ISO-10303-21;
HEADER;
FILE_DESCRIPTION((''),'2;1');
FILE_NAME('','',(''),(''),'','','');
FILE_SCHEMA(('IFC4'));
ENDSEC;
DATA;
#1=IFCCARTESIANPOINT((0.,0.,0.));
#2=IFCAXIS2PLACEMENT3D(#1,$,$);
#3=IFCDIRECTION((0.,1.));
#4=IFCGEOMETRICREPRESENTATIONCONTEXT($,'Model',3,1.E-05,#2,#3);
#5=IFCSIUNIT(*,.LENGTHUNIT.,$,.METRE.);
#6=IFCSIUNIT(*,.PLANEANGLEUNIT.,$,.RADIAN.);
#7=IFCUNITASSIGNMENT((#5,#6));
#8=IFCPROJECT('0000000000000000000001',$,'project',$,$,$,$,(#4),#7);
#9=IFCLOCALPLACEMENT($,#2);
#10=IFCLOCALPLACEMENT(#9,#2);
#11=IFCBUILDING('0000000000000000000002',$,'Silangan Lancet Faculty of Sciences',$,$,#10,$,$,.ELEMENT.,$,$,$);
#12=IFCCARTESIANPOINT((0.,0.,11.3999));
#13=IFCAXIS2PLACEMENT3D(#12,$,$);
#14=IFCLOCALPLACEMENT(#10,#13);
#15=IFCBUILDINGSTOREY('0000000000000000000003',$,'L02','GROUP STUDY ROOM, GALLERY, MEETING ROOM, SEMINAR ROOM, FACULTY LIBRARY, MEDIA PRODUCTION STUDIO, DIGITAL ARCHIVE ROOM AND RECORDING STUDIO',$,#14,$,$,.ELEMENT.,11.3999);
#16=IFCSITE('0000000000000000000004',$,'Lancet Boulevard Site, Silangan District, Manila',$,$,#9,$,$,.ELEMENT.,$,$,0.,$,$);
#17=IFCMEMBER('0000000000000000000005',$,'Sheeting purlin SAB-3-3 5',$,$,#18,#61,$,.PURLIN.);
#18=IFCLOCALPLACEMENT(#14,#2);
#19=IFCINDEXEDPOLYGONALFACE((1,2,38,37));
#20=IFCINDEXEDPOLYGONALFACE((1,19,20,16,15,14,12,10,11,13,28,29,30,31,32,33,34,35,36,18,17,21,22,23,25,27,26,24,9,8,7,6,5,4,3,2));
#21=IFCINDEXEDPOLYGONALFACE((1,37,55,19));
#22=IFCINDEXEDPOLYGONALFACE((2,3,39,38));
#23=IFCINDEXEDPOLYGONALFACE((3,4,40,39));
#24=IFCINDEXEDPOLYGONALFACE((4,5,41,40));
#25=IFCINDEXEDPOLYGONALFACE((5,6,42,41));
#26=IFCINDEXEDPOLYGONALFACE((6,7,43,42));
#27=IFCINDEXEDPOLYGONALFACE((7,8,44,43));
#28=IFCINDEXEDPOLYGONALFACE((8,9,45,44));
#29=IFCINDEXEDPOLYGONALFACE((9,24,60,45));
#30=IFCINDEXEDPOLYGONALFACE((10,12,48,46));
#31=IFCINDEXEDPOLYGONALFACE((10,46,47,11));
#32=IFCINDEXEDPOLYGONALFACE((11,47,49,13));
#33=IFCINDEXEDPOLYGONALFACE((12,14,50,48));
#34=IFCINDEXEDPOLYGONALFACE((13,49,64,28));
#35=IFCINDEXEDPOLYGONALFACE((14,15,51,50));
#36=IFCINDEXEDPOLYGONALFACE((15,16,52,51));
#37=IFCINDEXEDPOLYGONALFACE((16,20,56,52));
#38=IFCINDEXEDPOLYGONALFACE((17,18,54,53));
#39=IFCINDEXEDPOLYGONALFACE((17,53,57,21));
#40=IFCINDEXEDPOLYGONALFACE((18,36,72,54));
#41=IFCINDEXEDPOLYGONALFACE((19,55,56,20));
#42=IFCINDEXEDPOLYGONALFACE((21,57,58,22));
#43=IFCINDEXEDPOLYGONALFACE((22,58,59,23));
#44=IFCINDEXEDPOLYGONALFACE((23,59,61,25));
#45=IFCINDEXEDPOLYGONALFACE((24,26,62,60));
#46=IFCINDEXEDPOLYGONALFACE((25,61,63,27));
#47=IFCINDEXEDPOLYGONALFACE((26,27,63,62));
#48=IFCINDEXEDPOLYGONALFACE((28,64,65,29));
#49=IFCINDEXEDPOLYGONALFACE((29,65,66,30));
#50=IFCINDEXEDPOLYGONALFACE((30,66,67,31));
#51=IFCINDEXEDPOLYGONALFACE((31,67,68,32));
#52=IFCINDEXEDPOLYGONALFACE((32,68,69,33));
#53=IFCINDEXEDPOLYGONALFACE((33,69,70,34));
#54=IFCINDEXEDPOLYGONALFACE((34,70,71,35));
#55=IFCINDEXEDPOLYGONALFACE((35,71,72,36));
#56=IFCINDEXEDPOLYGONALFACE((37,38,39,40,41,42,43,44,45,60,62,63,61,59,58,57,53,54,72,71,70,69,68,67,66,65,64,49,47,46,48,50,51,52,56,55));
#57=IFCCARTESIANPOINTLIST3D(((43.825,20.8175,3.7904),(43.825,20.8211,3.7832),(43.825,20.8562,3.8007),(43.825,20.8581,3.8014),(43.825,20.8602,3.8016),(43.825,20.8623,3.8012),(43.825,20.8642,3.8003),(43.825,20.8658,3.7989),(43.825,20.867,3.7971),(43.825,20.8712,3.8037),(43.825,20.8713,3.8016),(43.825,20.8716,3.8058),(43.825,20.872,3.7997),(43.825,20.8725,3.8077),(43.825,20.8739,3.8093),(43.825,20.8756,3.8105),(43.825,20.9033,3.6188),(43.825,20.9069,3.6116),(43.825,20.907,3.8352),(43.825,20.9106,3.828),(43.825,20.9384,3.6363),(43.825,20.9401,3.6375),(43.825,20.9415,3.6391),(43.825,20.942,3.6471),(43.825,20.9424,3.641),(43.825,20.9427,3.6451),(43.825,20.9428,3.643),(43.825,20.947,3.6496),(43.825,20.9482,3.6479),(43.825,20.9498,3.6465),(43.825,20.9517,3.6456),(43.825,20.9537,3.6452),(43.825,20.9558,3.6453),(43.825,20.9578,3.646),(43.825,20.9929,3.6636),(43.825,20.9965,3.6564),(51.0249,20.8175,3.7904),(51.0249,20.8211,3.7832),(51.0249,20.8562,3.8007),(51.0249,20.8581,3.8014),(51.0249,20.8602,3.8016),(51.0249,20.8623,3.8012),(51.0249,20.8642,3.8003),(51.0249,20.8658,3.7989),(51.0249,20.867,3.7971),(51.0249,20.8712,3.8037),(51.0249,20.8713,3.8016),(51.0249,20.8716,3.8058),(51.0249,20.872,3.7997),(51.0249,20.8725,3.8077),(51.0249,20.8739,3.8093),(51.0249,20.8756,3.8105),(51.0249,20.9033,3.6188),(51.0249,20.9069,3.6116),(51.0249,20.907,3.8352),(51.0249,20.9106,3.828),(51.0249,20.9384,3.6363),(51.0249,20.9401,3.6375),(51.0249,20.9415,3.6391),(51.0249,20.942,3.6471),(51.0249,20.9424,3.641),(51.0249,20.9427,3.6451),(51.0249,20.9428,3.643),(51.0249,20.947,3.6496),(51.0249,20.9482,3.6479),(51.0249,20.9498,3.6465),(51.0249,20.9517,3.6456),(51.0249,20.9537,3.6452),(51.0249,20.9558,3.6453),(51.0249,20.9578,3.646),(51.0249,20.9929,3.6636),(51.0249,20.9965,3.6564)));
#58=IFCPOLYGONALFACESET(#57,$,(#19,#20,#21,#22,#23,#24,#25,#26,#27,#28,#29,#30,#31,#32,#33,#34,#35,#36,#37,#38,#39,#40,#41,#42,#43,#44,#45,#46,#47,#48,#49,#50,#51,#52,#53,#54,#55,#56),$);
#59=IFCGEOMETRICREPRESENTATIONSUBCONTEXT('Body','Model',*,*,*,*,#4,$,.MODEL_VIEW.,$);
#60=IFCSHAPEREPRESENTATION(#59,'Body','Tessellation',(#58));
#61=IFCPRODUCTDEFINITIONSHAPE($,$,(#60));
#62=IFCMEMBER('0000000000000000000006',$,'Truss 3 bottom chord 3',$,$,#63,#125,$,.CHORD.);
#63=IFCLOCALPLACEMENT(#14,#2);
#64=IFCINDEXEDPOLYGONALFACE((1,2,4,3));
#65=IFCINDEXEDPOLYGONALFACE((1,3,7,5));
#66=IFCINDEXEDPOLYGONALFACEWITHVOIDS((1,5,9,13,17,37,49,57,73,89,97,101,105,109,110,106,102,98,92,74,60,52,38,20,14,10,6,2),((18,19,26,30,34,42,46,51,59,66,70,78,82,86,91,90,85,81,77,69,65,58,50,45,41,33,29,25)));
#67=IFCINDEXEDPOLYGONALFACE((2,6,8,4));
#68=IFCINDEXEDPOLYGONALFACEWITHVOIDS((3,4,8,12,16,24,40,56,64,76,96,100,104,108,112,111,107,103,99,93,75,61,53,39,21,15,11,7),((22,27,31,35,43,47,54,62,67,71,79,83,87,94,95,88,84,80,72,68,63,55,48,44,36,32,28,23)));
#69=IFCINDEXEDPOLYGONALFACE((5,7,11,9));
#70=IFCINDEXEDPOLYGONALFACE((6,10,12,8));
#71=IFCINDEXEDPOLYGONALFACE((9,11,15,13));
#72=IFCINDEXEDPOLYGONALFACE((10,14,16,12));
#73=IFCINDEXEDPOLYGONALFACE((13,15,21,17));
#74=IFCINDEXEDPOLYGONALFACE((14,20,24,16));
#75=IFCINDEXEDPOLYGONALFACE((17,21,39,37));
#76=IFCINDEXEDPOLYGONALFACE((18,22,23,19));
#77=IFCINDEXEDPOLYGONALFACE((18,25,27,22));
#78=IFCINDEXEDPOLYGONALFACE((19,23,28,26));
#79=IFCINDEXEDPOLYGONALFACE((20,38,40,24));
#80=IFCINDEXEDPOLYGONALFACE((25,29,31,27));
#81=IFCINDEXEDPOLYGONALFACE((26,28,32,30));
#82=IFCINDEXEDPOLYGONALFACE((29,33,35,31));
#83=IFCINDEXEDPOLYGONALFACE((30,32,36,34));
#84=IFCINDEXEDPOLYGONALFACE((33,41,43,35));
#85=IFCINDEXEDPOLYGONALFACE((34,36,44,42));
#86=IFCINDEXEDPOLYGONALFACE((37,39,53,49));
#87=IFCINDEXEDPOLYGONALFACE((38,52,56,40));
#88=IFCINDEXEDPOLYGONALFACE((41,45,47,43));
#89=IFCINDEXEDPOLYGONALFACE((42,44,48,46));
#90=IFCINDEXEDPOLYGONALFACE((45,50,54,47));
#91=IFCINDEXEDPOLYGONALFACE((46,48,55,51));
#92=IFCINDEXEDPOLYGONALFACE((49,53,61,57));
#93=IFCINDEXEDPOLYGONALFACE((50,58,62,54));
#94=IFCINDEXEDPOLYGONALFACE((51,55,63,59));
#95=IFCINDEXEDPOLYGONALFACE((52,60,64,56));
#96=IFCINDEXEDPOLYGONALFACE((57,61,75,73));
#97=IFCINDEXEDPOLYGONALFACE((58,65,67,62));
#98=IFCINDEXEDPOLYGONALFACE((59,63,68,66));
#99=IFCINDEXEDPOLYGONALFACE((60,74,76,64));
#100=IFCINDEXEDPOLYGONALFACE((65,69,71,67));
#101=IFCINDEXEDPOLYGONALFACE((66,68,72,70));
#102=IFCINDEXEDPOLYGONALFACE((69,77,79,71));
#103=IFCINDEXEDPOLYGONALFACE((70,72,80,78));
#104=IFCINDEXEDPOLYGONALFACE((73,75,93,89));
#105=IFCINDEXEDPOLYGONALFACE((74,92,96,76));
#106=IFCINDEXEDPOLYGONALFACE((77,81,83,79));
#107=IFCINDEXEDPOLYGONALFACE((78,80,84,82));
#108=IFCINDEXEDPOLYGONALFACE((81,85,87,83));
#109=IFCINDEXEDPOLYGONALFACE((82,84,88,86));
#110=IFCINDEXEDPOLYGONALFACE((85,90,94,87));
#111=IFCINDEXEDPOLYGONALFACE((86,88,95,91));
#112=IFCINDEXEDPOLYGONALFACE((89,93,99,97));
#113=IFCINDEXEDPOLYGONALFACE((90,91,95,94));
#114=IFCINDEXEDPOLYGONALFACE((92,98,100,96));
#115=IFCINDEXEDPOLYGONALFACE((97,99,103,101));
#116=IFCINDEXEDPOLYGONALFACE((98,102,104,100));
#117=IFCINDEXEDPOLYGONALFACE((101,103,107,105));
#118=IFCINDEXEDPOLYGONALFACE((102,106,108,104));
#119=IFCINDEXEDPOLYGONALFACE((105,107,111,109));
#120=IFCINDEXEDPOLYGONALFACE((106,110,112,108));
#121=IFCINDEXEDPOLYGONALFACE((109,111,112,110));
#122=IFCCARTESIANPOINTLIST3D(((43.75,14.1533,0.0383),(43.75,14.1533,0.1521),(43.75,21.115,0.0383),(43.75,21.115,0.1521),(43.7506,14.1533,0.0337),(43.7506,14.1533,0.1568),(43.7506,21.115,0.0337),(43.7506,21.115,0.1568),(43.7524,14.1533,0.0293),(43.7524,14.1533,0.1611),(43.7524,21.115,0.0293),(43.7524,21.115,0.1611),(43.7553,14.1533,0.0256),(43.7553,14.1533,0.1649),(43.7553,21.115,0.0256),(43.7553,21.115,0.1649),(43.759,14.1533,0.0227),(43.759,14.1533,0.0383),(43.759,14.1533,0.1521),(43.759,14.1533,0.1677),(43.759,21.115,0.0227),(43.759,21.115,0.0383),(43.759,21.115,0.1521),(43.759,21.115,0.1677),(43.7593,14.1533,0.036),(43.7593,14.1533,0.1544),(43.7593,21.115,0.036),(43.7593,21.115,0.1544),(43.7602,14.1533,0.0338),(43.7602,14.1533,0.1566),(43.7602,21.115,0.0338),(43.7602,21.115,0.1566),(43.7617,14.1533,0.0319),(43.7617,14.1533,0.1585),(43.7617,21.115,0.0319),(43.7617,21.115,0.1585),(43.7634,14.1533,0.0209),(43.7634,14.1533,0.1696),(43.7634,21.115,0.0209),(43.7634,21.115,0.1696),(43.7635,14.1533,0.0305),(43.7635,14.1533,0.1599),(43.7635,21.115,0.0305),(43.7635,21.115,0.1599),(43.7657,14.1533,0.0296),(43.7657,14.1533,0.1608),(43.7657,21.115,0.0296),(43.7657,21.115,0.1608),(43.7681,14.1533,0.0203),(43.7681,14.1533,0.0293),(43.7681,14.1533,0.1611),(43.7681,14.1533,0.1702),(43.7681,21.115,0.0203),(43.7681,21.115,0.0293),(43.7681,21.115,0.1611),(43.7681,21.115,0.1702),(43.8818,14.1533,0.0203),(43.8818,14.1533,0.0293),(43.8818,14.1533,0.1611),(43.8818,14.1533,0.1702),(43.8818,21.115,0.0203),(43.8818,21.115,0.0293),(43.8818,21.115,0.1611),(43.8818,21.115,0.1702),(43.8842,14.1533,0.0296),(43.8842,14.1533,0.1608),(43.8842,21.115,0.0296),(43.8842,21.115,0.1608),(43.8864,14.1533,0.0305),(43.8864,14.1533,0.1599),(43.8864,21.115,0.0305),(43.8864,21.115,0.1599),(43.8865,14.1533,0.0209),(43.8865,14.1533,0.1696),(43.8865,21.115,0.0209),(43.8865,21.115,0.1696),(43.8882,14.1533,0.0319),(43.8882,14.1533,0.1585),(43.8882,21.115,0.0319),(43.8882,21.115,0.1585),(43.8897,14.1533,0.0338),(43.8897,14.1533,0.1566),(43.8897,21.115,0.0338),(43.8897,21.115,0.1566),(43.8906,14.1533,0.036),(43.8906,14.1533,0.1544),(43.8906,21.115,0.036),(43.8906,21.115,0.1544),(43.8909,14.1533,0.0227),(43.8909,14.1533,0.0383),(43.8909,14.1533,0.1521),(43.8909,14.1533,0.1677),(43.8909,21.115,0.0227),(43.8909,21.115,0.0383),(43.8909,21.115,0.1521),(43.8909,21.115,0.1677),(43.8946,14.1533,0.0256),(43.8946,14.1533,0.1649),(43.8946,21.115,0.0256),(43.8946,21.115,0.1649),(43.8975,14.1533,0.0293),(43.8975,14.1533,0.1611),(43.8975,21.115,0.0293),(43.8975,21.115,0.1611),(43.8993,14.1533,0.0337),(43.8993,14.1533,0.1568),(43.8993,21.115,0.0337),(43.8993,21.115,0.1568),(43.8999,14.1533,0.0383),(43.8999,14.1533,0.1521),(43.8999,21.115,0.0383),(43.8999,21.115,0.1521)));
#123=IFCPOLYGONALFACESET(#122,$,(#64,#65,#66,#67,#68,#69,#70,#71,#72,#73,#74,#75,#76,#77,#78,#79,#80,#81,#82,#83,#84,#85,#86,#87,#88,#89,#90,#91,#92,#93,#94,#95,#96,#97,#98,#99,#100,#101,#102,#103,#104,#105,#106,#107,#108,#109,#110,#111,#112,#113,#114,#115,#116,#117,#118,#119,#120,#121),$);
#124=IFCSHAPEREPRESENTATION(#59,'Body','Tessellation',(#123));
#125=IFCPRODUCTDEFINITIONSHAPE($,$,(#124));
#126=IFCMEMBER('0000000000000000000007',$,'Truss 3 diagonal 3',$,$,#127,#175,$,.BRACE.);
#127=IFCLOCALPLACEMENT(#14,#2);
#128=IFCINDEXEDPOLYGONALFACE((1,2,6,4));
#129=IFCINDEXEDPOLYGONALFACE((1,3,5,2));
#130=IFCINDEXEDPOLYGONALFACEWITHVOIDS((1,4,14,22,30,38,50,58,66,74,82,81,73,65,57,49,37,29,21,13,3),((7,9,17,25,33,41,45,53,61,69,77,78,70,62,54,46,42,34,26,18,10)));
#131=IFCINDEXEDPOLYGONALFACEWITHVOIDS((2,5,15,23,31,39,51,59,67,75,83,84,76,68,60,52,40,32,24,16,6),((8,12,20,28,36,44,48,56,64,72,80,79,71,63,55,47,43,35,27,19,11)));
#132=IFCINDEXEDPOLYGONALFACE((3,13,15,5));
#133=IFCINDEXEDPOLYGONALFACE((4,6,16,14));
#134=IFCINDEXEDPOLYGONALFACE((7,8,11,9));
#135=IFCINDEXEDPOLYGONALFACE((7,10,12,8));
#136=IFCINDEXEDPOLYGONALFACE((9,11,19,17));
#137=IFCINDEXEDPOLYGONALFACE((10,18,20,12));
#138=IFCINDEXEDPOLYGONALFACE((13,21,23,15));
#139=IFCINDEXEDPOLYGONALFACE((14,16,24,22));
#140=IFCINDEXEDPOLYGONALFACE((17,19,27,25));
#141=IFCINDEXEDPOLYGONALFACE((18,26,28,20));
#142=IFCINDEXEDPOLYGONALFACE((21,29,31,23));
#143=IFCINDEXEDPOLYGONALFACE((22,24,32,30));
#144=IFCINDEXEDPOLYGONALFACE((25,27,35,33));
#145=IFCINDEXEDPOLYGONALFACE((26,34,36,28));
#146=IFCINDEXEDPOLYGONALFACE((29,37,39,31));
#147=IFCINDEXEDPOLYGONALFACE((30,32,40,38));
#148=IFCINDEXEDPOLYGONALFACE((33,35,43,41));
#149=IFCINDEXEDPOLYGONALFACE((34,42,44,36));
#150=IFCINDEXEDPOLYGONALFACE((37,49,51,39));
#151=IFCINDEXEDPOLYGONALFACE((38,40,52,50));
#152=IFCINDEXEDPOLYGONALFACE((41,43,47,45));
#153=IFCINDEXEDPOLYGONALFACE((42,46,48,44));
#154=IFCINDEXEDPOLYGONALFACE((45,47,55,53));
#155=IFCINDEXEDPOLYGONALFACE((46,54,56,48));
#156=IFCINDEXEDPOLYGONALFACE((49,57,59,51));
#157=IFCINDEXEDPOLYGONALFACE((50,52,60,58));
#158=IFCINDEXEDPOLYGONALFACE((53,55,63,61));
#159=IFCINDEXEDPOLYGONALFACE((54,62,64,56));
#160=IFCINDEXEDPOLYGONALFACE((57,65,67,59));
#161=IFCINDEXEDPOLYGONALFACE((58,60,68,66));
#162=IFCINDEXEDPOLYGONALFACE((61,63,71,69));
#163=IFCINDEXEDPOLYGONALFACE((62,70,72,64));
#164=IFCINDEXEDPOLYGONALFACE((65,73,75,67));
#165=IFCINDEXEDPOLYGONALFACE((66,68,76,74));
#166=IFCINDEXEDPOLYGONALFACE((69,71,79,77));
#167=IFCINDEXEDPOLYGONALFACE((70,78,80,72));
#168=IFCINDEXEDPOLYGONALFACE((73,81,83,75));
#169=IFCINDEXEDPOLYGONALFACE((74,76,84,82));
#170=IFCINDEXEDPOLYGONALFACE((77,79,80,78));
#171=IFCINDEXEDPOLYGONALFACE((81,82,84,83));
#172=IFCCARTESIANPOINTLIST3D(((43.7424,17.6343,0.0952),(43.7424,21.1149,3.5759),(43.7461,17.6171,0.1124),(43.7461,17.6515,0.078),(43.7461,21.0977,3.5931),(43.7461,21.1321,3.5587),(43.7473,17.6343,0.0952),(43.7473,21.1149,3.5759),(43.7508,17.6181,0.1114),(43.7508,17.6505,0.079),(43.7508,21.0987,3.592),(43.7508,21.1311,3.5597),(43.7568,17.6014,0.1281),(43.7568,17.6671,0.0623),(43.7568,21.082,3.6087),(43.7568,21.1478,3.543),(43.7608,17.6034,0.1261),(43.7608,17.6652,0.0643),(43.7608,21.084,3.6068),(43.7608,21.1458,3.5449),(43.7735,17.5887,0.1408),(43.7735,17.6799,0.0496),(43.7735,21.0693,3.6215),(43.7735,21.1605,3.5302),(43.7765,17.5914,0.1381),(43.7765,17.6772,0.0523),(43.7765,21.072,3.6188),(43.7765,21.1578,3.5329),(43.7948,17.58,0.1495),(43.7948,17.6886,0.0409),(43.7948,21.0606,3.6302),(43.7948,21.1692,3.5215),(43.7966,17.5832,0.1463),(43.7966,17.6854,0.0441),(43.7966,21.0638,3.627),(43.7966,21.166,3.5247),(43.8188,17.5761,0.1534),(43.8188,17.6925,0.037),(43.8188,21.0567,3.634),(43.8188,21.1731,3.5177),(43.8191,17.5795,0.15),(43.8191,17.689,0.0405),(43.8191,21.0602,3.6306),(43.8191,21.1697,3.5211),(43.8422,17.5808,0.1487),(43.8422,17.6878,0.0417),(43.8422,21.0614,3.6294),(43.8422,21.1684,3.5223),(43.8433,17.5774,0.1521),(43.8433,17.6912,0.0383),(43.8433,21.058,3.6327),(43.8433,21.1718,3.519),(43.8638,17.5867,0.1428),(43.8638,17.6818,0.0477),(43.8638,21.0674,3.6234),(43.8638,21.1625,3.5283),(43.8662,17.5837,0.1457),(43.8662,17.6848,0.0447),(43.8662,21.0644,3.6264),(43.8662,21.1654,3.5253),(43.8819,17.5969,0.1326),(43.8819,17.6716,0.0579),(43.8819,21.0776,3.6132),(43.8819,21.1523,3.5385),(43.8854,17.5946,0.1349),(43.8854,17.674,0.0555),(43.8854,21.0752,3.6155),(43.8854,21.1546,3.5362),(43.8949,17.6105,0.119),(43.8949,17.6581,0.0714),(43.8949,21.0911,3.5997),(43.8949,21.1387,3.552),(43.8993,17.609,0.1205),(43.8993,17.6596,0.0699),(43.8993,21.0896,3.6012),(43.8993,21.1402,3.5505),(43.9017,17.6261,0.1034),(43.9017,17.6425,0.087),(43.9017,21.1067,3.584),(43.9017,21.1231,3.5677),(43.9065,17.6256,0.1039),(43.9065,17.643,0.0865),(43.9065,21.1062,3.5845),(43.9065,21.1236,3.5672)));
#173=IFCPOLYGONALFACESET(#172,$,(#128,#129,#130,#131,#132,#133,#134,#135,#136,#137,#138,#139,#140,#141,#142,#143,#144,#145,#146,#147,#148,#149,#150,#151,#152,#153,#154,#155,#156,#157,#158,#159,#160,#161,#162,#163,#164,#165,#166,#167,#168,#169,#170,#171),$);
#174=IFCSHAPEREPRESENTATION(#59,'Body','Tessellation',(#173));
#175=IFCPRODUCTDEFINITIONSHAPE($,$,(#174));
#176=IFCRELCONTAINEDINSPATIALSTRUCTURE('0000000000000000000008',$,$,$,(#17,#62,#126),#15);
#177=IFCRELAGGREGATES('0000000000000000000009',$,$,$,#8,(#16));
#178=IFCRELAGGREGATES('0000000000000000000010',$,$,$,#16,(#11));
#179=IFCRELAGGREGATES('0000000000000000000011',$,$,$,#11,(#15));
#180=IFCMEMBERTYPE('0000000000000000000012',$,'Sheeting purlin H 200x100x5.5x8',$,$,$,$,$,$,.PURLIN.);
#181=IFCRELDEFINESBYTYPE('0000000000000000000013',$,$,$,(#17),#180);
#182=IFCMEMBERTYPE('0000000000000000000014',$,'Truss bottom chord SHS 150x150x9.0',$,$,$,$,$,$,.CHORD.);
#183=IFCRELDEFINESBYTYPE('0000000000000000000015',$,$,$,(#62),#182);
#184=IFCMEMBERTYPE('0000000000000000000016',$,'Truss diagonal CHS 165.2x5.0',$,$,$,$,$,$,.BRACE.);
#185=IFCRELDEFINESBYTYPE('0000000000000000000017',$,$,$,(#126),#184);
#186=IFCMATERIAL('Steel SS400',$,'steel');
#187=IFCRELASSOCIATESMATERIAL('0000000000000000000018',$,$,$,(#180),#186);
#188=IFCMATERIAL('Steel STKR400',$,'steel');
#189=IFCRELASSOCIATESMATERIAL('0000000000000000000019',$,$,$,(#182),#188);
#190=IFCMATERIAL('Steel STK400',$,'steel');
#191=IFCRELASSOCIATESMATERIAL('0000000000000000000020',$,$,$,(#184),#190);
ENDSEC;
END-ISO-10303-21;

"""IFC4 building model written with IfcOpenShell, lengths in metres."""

from ifc_helpers import new_model, si_unit, direction, frame, origin, origin_2d, place, context, subcontext, project, spatial, hollow_rectangle, hollow_circle, i_section, extrude, material, material_profile, profile_set, type_object, element, save


model = new_model("IFC4")

# Units and contexts
model_context = context("Model", 3, precision=1e-05, world=origin(), true_north=direction((0.0, 1.0)))
body_context = subcontext(model_context, "Body", "Model", "MODEL_VIEW")
ifc_project = project(units=[si_unit("LENGTHUNIT", "METRE"), si_unit("PLANEANGLEUNIT", "RADIAN")], contexts=[model_context])

# Site, building, storey
site_placement = place(None, origin())
site = spatial("IfcSite", under=ifc_project, at=site_placement, Name="Lancet Boulevard Site, Silangan District, Manila", CompositionType="ELEMENT", RefElevation=0.0)
building_placement = place(site_placement, origin())
building = spatial("IfcBuilding", under=site, at=building_placement, Name="Silangan Lancet Faculty of Sciences", CompositionType="ELEMENT")
storey_placement = place(building_placement, frame((0.0, 0.0, 11.3999)))
storey = spatial("IfcBuildingStorey", under=building, at=storey_placement, Name="L02", Description="GROUP STUDY ROOM, GALLERY, MEETING ROOM, SEMINAR ROOM, FACULTY LIBRARY, MEDIA PRODUCTION STUDIO, DIGITAL ARCHIVE ROOM AND RECORDING STUDIO", CompositionType="ELEMENT", Elevation=11.3999)

# Members
ifc_material_1 = material(Name="Steel SS400", Category="steel")
ifc_material_profile_1 = material_profile(ifc_material_1, i_section(OverallWidth=0.1001, OverallDepth=0.2, WebThickness=0.0056, FlangeThickness=0.0081, FilletRadius=0.0081, at=origin_2d()), Name="H 200x100x5.5x8")
ifc_profile_set_1 = profile_set([ifc_material_profile_1], Name="Steel SS400")
member_type_1 = type_object("IfcMemberType", Name="Sheeting purlin H 200x100x5.5x8", PredefinedType="PURLIN", material=ifc_profile_set_1)
for number, where, z_axis, x_axis, name in (
    (1, (43.825, 20.907, 3.7234), (1.0, 0.0, 0.0), (0.0, 0.894427, 0.447214), "Sheeting purlin SAB-3-3 5"),
):
    element("IfcMember", number, at=place(storey_placement, frame(where, z_axis=z_axis, x_axis=x_axis)), inside=storey, type_object=member_type_1, Name=name, PredefinedType="PURLIN", context=body_context, shape_type="SweptSolid", body=[
        extrude(i_section(OverallWidth=0.1001, OverallDepth=0.2, WebThickness=0.0056, FlangeThickness=0.0081, FilletRadius=0.0081, at=origin_2d()), origin(), (0.0, 0.0, 1.0), 7.2),
    ])
ifc_material_2 = material(Name="Steel STKR400", Category="steel")
ifc_material_profile_2 = material_profile(ifc_material_2, hollow_rectangle(XDim=0.1499, YDim=0.1499, WallThickness=0.009, InnerFilletRadius=0.009, OuterFilletRadius=0.0181, at=origin_2d()), Name="SHS 150x150x9.0")
ifc_profile_set_2 = profile_set([ifc_material_profile_2], Name="Steel STKR400")
member_type_2 = type_object("IfcMemberType", Name="Truss bottom chord SHS 150x150x9.0", PredefinedType="CHORD", material=ifc_profile_set_2)
member_1_placement = place(storey_placement, frame((43.825, 14.1533, 0.0952), z_axis=(0.0, 1.0, 0.0), x_axis=(-1.0, 0.0, 0.0)))
element("IfcMember", 2, at=member_1_placement, inside=storey, type_object=member_type_2, Name="Truss 3 bottom chord 3", PredefinedType="CHORD", context=body_context, shape_type="SweptSolid", body=[
    extrude(hollow_rectangle(XDim=0.1499, YDim=0.1499, WallThickness=0.009, InnerFilletRadius=0.009, OuterFilletRadius=0.0181, at=origin_2d()), origin(), (0.0, 0.0, 1.0), 6.9617),
])
ifc_material_3 = material(Name="Steel STK400", Category="steel")
ifc_material_profile_3 = material_profile(ifc_material_3, hollow_circle(Radius=0.0825, WallThickness=0.0049, at=origin_2d()), Name="CHS 165.2x5.0")
ifc_profile_set_3 = profile_set([ifc_material_profile_3], Name="Steel STK400")
member_type_3 = type_object("IfcMemberType", Name="Truss diagonal CHS 165.2x5.0", PredefinedType="BRACE", material=ifc_profile_set_3)
member_2_placement = place(storey_placement, frame((43.825, 17.6343, 0.0952), z_axis=(0.0, 0.707107, 0.707107), x_axis=(-1.0, 0.0, 0.0)))
element("IfcMember", 3, at=member_2_placement, inside=storey, type_object=member_type_3, Name="Truss 3 diagonal 3", PredefinedType="BRACE", context=body_context, shape_type="SweptSolid", body=[
    extrude(hollow_circle(Radius=0.0825, WallThickness=0.0049, at=origin_2d()), origin(), (0.0, 0.0, 1.0), 4.9224),
])

save(model, "model.ifc")
